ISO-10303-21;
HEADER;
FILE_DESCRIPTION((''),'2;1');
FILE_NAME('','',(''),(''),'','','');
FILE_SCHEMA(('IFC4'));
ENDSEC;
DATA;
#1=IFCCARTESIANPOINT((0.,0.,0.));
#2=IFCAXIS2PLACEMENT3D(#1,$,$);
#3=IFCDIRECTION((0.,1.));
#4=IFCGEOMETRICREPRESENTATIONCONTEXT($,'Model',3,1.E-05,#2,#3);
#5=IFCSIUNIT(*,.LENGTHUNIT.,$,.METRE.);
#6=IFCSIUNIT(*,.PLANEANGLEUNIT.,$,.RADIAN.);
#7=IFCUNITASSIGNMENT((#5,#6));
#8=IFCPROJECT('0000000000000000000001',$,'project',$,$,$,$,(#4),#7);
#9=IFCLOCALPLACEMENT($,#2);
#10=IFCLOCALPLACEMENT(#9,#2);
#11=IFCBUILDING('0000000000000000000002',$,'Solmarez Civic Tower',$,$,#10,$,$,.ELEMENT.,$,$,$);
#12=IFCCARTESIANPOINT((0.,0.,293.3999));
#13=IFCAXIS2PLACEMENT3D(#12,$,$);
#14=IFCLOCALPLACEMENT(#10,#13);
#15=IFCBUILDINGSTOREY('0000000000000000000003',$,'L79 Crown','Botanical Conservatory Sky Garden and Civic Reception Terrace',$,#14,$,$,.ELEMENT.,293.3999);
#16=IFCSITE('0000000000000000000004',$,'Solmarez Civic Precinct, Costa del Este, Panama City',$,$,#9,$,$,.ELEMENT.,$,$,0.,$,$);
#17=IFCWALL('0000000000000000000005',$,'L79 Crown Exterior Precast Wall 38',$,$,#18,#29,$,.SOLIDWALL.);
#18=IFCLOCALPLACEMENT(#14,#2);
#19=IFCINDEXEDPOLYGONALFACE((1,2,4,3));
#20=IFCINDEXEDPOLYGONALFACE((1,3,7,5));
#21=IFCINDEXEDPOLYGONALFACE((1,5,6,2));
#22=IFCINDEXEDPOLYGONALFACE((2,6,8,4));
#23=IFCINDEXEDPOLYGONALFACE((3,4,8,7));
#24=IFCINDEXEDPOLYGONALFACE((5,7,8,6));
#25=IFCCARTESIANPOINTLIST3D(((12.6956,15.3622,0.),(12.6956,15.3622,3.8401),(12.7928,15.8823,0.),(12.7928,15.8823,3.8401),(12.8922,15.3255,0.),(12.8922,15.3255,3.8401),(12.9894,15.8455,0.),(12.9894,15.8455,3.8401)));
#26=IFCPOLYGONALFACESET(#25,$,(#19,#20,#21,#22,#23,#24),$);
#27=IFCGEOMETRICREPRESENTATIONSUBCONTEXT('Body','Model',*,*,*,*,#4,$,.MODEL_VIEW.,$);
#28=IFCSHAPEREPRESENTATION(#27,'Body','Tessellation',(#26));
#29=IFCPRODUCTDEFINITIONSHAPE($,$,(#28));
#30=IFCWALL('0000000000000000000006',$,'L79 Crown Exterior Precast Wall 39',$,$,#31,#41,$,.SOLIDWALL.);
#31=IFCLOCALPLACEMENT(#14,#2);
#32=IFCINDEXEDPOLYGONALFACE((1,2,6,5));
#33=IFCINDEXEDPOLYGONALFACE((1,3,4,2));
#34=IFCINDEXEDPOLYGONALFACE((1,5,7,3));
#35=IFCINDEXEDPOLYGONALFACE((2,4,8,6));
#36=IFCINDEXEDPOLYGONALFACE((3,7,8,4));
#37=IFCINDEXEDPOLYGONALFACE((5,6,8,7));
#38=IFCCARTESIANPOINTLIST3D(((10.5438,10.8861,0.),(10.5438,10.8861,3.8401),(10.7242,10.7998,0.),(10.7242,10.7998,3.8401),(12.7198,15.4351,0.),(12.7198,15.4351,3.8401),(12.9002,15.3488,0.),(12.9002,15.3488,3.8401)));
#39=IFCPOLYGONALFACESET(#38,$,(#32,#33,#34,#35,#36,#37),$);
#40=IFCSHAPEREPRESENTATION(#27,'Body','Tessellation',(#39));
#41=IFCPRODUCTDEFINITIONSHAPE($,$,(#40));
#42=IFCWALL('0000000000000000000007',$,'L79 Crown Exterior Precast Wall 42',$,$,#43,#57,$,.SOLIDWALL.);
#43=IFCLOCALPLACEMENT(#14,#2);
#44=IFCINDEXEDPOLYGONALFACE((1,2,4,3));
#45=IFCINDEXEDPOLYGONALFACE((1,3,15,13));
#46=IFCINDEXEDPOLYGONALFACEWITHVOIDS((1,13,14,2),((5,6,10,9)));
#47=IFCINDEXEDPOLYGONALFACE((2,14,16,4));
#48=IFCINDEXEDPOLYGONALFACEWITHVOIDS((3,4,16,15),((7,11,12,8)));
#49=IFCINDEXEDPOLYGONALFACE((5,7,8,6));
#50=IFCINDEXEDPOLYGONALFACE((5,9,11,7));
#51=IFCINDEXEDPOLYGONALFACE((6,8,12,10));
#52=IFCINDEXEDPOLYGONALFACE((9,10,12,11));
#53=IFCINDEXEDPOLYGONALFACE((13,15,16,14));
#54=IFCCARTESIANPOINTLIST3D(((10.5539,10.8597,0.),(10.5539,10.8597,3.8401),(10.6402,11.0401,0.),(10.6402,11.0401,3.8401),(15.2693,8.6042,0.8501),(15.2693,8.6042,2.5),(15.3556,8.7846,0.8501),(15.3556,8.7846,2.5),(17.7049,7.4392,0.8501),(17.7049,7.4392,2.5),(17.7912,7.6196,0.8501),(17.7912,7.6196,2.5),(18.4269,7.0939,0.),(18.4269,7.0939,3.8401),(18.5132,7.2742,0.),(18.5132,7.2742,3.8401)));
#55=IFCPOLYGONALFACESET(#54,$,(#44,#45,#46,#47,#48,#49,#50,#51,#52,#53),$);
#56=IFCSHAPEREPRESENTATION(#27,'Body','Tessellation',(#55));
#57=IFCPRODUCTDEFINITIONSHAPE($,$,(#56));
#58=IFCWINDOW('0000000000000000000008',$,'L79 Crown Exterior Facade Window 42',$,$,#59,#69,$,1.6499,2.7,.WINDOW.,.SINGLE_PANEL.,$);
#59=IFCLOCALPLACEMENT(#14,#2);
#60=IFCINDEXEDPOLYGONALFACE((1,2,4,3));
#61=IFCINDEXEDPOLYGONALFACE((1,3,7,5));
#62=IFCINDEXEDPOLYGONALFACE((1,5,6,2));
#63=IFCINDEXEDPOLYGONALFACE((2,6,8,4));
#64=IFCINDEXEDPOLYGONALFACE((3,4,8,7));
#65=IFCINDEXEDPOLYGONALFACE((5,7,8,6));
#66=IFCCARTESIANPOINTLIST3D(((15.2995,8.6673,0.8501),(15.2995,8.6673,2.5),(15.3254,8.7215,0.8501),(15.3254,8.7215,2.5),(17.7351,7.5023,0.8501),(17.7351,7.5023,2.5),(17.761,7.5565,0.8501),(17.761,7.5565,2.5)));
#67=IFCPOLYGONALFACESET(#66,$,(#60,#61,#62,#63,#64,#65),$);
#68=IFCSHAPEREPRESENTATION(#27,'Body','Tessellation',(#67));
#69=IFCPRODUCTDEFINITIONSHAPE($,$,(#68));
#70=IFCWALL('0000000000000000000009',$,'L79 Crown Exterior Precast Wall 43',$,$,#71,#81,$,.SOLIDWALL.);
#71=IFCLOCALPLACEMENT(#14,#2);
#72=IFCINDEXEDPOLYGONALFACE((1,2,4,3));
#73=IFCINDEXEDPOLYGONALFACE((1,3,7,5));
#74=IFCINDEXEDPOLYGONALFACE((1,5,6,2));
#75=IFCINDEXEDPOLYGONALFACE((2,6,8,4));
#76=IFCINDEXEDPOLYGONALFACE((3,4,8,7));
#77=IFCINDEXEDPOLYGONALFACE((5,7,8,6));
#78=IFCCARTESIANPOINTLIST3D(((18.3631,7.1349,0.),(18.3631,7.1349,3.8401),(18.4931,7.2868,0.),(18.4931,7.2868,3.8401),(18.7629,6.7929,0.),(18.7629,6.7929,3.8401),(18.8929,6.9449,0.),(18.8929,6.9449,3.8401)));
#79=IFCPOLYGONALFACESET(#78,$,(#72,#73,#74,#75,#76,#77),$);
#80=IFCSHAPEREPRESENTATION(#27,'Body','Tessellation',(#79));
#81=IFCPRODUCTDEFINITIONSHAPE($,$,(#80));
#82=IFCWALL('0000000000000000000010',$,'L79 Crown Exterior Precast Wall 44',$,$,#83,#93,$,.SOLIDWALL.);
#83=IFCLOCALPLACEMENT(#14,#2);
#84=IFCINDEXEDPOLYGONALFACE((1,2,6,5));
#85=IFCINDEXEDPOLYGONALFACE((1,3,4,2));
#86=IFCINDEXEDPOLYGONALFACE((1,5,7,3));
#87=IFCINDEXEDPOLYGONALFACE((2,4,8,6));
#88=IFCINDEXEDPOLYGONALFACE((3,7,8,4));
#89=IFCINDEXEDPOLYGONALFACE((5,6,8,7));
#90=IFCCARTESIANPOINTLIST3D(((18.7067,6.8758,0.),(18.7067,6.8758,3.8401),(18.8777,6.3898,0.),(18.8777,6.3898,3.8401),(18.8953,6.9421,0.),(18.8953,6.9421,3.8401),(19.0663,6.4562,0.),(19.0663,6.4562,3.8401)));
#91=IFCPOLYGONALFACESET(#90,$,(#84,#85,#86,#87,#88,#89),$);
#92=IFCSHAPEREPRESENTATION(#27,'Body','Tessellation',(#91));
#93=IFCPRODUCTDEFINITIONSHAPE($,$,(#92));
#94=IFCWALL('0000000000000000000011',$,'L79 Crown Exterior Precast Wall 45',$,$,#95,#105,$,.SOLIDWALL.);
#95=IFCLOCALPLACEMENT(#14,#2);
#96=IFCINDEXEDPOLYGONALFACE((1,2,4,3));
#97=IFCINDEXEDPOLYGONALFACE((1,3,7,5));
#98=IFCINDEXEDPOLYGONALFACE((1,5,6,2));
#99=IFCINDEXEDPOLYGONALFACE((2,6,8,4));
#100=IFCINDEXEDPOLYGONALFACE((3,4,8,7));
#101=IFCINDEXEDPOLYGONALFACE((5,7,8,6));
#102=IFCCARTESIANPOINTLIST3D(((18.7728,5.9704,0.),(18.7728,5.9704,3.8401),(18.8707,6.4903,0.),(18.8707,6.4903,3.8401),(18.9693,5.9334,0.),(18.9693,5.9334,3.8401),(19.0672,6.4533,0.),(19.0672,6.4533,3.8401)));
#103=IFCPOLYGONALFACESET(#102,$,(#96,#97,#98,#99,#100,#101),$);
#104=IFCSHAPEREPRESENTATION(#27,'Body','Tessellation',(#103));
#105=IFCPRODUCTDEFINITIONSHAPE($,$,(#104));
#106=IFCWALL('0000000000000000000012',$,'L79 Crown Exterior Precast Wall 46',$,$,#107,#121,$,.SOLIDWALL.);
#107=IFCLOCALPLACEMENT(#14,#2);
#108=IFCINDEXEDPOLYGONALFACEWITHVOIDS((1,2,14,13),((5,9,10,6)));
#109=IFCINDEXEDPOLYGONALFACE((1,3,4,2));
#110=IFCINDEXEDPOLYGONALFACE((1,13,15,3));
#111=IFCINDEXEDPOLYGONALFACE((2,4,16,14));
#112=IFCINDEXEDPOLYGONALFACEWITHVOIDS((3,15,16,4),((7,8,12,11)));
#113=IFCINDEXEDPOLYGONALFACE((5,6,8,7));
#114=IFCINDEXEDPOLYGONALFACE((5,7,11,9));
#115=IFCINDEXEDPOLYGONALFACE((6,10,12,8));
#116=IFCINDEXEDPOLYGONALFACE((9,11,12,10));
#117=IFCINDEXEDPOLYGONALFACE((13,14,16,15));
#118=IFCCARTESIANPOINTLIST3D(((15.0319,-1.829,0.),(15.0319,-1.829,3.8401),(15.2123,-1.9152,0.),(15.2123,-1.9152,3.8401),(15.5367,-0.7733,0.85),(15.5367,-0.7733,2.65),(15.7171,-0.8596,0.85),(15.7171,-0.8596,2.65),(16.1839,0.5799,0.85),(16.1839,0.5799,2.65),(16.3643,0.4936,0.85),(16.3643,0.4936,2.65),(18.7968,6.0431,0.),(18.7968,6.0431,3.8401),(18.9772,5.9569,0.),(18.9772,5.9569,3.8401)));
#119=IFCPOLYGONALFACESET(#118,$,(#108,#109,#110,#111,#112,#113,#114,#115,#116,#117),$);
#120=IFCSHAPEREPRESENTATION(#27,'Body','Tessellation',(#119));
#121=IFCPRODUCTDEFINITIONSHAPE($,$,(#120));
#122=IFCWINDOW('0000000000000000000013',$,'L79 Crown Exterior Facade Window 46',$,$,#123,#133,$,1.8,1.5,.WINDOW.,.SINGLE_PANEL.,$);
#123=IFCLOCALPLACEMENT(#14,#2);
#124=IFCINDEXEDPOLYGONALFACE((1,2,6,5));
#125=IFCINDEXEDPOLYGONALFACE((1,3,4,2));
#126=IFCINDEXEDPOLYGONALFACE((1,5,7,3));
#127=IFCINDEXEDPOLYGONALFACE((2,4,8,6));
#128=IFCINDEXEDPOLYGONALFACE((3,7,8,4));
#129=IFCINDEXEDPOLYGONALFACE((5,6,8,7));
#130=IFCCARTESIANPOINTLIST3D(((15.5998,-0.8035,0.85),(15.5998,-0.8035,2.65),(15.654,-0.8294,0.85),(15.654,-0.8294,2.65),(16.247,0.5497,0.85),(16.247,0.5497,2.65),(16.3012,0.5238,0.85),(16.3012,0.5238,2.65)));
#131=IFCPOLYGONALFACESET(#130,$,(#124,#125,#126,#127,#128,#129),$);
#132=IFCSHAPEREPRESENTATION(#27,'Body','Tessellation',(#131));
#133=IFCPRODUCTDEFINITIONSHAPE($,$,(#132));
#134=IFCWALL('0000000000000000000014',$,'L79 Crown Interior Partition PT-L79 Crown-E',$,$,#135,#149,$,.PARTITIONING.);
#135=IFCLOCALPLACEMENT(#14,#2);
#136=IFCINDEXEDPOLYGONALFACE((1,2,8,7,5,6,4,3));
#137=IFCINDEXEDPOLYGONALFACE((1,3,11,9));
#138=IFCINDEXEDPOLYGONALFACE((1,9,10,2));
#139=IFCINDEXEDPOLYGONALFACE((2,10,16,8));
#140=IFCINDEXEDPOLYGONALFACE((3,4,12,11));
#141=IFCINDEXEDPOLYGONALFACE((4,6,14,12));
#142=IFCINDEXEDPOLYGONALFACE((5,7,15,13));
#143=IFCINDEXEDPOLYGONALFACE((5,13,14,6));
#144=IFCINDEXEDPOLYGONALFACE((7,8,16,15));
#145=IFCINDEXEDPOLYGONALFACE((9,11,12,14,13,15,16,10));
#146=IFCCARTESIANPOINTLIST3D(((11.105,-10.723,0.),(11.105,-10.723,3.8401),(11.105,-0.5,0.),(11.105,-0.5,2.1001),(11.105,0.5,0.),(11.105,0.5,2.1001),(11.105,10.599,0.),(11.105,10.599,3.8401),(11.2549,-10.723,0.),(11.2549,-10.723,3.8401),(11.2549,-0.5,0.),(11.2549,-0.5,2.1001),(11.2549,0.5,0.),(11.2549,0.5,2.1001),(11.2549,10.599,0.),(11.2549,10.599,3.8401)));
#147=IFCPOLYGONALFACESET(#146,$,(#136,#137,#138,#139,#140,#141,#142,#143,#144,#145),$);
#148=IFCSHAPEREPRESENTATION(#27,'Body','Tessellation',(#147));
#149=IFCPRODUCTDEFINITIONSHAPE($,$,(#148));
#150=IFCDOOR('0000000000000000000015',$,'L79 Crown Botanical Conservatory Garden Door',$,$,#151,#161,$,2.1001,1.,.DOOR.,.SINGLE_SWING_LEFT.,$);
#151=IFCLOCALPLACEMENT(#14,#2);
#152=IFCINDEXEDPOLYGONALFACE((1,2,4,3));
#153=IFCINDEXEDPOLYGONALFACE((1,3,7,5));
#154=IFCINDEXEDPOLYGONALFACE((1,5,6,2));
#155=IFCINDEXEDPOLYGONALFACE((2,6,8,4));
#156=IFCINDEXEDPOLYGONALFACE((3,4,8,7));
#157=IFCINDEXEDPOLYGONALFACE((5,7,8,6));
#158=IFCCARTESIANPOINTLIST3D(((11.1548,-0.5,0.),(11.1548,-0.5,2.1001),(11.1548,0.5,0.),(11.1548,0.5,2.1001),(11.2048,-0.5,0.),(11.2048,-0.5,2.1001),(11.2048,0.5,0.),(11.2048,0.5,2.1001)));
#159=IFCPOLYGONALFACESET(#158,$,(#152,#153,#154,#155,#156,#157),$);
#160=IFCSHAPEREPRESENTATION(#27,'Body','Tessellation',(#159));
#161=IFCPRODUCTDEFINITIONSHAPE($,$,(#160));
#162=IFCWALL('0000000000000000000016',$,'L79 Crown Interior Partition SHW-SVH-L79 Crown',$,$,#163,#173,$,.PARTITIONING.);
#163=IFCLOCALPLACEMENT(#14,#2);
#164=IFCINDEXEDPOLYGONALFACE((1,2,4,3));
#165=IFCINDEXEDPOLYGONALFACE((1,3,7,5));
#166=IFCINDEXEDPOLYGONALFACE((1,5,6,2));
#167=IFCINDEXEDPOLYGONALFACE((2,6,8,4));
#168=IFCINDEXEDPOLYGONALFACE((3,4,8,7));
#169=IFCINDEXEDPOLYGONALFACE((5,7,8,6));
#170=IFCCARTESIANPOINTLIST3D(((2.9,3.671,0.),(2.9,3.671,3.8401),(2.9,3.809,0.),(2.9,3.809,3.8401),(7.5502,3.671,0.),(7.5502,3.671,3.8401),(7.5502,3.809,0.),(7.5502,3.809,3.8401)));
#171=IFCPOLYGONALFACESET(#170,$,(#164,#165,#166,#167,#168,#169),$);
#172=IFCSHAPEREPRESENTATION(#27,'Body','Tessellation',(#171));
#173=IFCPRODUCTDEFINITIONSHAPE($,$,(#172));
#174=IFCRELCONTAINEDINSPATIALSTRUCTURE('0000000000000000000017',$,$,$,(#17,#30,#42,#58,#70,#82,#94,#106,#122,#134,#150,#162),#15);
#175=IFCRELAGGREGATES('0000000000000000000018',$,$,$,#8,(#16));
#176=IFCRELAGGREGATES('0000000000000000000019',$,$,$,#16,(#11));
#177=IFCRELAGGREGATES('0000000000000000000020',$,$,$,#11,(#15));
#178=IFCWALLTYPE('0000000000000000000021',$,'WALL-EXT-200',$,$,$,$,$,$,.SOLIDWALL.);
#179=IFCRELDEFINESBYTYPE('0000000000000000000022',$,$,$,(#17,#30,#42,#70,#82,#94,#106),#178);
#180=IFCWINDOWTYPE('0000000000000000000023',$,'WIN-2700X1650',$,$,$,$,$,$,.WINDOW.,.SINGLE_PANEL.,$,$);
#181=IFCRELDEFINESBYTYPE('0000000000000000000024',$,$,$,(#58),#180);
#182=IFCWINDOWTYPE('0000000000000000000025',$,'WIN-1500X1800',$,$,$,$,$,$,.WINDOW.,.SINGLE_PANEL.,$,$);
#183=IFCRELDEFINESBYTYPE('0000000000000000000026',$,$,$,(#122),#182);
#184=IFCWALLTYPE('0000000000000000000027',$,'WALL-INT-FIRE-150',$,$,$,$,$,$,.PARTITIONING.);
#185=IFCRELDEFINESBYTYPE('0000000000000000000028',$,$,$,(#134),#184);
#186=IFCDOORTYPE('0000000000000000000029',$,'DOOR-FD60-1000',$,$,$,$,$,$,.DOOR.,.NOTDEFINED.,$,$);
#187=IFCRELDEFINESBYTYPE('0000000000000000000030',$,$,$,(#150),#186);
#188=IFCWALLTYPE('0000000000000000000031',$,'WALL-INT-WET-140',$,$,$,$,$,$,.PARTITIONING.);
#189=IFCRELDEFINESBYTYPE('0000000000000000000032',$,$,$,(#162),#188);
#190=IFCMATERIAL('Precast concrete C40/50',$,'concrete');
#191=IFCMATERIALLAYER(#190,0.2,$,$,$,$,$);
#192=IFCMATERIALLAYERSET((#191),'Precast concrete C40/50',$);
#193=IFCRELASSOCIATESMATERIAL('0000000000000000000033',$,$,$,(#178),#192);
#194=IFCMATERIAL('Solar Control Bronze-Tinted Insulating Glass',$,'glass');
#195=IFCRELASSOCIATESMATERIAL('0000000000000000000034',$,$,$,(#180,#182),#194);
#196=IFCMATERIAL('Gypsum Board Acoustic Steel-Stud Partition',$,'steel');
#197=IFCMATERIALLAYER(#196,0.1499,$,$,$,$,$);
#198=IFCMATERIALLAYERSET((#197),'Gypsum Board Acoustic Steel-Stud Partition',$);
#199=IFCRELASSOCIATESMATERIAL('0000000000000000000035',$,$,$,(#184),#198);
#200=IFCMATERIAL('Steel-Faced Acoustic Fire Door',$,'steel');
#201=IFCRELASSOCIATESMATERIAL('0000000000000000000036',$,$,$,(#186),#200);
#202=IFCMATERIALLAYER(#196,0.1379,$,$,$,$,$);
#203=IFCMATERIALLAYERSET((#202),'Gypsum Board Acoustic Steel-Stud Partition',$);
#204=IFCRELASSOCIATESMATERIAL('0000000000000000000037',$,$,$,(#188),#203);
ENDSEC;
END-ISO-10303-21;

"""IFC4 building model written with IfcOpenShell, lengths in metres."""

from ifc_helpers import new_model, si_unit, direction, frame, frame_2d, origin, place, context, subcontext, project, spatial, rectangle, extrude, material, layer, layer_set, type_object, element, fill, save


model = new_model("IFC4")

# Units and contexts
model_context = context("Model", 3, precision=1e-05, world=origin(), true_north=direction((0.0, 1.0)))
body_context = subcontext(model_context, "Body", "Model", "MODEL_VIEW")
ifc_project = project(units=[si_unit("LENGTHUNIT", "METRE"), si_unit("PLANEANGLEUNIT", "RADIAN")], contexts=[model_context])

# Site, building, storey
site_placement = place(None, origin())
site = spatial("IfcSite", under=ifc_project, at=site_placement, Name="Solmarez Civic Precinct, Costa del Este, Panama City", CompositionType="ELEMENT", RefElevation=0.0)
building_placement = place(site_placement, origin())
building = spatial("IfcBuilding", under=site, at=building_placement, Name="Solmarez Civic Tower", CompositionType="ELEMENT")
storey_placement = place(building_placement, frame((0.0, 0.0, 293.3999)))
storey = spatial("IfcBuildingStorey", under=building, at=storey_placement, Name="L79 Crown", Description="Botanical Conservatory Sky Garden and Civic Reception Terrace", CompositionType="ELEMENT", Elevation=293.3999)

# Shared definitions
ifc_material_1 = material(Name="Precast concrete C40/50", Category="concrete")
ifc_layer_1 = layer(ifc_material_1, 0.2)
ifc_layer_set_1 = layer_set([ifc_layer_1], Name="Precast concrete C40/50")
wall_type_1 = type_object("IfcWallType", Name="WALL-EXT-200", PredefinedType="SOLIDWALL", material=ifc_layer_set_1)

# Shared definitions
ifc_material_2 = material(Name="Solar Control Bronze-Tinted Insulating Glass", Category="glass")

# Walls
wall_1_placement = place(storey_placement, frame((12.8911, 15.864, 0.0), z_axis=(0.0, 0.0, 1.0), x_axis=(-0.183675, -0.982987, 0.0)))
element("IfcWall", 1, at=wall_1_placement, inside=storey, type_object=wall_type_1, Name="L79 Crown Exterior Precast Wall 38", PredefinedType="SOLIDWALL", context=body_context, shape_type="SweptSolid", body=[
    extrude(rectangle(XDim=0.5291, YDim=0.2, at=frame_2d((0.2646, 0.0))), origin(), (0.0, 0.0, 1.0), 3.8401),
])
wall_2_placement = place(storey_placement, frame((12.8101, 15.3921, 0.0), z_axis=(0.0, 0.0, 1.0), x_axis=(-0.431517, -0.902105, 0.0)))
element("IfcWall", 2, at=wall_2_placement, inside=storey, type_object=wall_type_1, Name="L79 Crown Exterior Precast Wall 39", PredefinedType="SOLIDWALL", context=body_context, shape_type="SweptSolid", body=[
    extrude(rectangle(XDim=5.0427, YDim=0.2, at=frame_2d((2.5215, 0.0))), origin(), (0.0, 0.0, 1.0), 3.8401),
])

# Wall, opening, window
wall_3_placement = place(storey_placement, frame((10.5969, 10.95, 0.0), z_axis=(0.0, 0.0, 1.0), x_axis=(0.902112, -0.431502, 0.0)))
wall_3 = element("IfcWall", 3, at=wall_3_placement, inside=storey, type_object=wall_type_1, Name="L79 Crown Exterior Precast Wall 42", PredefinedType="SOLIDWALL", context=body_context, shape_type="SweptSolid", body=[
    extrude(rectangle(XDim=8.7273, YDim=0.2, at=frame_2d((4.3638, 0.0))), origin(), (0.0, 0.0, 1.0), 3.8401),
])
opening_1_placement = place(wall_3_placement, frame((5.2271, 0.0, 0.8501)))
opening_1 = element("IfcOpeningElement", 4, at=opening_1_placement, cuts=wall_3, PredefinedType="OPENING", context=body_context, shape_type="SweptSolid", body=[
    extrude(rectangle(XDim=2.7, YDim=1.6499, at=frame_2d((1.3501, 0.825))), frame((0.0, 0.1099, 0.0), z_axis=(0.0, -1.0, 0.0), x_axis=(1.0, 0.0, 0.0)), (0.0, 0.0, 1.0), 0.22),
])
window_type_1 = type_object("IfcWindowType", Name="WIN-2700X1650", PartitioningType="SINGLE_PANEL", PredefinedType="WINDOW", material=ifc_material_2)
window_1_placement = place(opening_1_placement, origin())
window_1 = element("IfcWindow", 5, at=window_1_placement, inside=storey, type_object=window_type_1, Name="L79 Crown Exterior Facade Window 42", OverallHeight=1.6499, OverallWidth=2.7, PartitioningType="SINGLE_PANEL", PredefinedType="WINDOW", context=body_context, shape_type="SweptSolid", body=[
    extrude(rectangle(XDim=2.7, YDim=1.6499, at=frame_2d((1.3501, 0.825))), frame((0.0, 0.03, 0.0), z_axis=(0.0, -1.0, 0.0), x_axis=(1.0, 0.0, 0.0)), (0.0, 0.0, 1.0), 0.0601),
])
fill(opening_1, window_1)

# Walls
wall_4_placement = place(storey_placement, frame((18.428, 7.2109, 0.0), z_axis=(0.0, 0.0, 1.0), x_axis=(0.759944, -0.649989, 0.0)))
element("IfcWall", 6, at=wall_4_placement, inside=storey, type_object=wall_type_1, Name="L79 Crown Exterior Precast Wall 43", PredefinedType="SOLIDWALL", context=body_context, shape_type="SweptSolid", body=[
    extrude(rectangle(XDim=0.5261, YDim=0.2, at=frame_2d((0.2632, 0.0))), origin(), (0.0, 0.0, 1.0), 3.8401),
])
wall_5_placement = place(storey_placement, frame((18.801, 6.9089, 0.0), z_axis=(0.0, 0.0, 1.0), x_axis=(0.331828, -0.94334, 0.0)))
element("IfcWall", 7, at=wall_5_placement, inside=storey, type_object=wall_type_1, Name="L79 Crown Exterior Precast Wall 44", PredefinedType="SOLIDWALL", context=body_context, shape_type="SweptSolid", body=[
    extrude(rectangle(XDim=0.5151, YDim=0.2, at=frame_2d((0.2576, 0.0))), origin(), (0.0, 0.0, 1.0), 3.8401),
])
wall_6_placement = place(storey_placement, frame((18.969, 6.4719, 0.0), z_axis=(0.0, 0.0, 1.0), x_axis=(-0.185013, -0.982736, 0.0)))
element("IfcWall", 8, at=wall_6_placement, inside=storey, type_object=wall_type_1, Name="L79 Crown Exterior Precast Wall 45", PredefinedType="SOLIDWALL", context=body_context, shape_type="SweptSolid", body=[
    extrude(rectangle(XDim=0.5291, YDim=0.2, at=frame_2d((0.2646, 0.0))), origin(), (0.0, 0.0, 1.0), 3.8401),
])

# Wall, opening, window
wall_7_placement = place(storey_placement, frame((18.887, 6.0, 0.0), z_axis=(0.0, 0.0, 1.0), x_axis=(-0.431455, -0.902135, 0.0)))
wall_7 = element("IfcWall", 9, at=wall_7_placement, inside=storey, type_object=wall_type_1, Name="L79 Crown Exterior Precast Wall 46", PredefinedType="SOLIDWALL", context=body_context, shape_type="SweptSolid", body=[
    extrude(rectangle(XDim=8.7261, YDim=0.2, at=frame_2d((4.363, 0.0))), origin(), (0.0, 0.0, 1.0), 3.8401),
])
opening_2_placement = place(wall_7_placement, frame((6.0559, 0.0, 0.8501)))
opening_2 = element("IfcOpeningElement", 10, at=opening_2_placement, cuts=wall_7, PredefinedType="OPENING", context=body_context, shape_type="SweptSolid", body=[
    extrude(rectangle(XDim=1.5, YDim=1.8, at=frame_2d((0.75, 0.8999))), frame((0.0, 0.1099, 0.0), z_axis=(0.0, -1.0, 0.0), x_axis=(1.0, 0.0, 0.0)), (0.0, 0.0, 1.0), 0.22),
])
window_type_2 = type_object("IfcWindowType", Name="WIN-1500X1800", PartitioningType="SINGLE_PANEL", PredefinedType="WINDOW", material=ifc_material_2)
window_2_placement = place(opening_2_placement, origin())
window_2 = element("IfcWindow", 11, at=window_2_placement, inside=storey, type_object=window_type_2, Name="L79 Crown Exterior Facade Window 46", OverallHeight=1.8, OverallWidth=1.5, PartitioningType="SINGLE_PANEL", PredefinedType="WINDOW", context=body_context, shape_type="SweptSolid", body=[
    extrude(rectangle(XDim=1.5, YDim=1.8, at=frame_2d((0.75, 0.8999))), frame((0.0, 0.03, 0.0), z_axis=(0.0, -1.0, 0.0), x_axis=(1.0, 0.0, 0.0)), (0.0, 0.0, 1.0), 0.0601),
])
fill(opening_2, window_2)

# Wall, opening, door
ifc_material_3 = material(Name="Gypsum Board Acoustic Steel-Stud Partition", Category="steel")
ifc_layer_2 = layer(ifc_material_3, 0.1499)
ifc_layer_set_2 = layer_set([ifc_layer_2], Name="Gypsum Board Acoustic Steel-Stud Partition")
wall_type_2 = type_object("IfcWallType", Name="WALL-INT-FIRE-150", PredefinedType="PARTITIONING", material=ifc_layer_set_2)
wall_8_placement = place(storey_placement, frame((11.1799, 10.5991, 0.0), z_axis=(0.0, 0.0, 1.0), x_axis=(0.0, -1.0, 0.0)))
wall_8 = element("IfcWall", 12, at=wall_8_placement, inside=storey, type_object=wall_type_2, Name="L79 Crown Interior Partition PT-L79 Crown-E", PredefinedType="PARTITIONING", context=body_context, shape_type="SweptSolid", body=[
    extrude(rectangle(XDim=21.322, YDim=0.1499, at=frame_2d((10.6611, 0.0))), origin(), (0.0, 0.0, 1.0), 3.8401),
])
opening_3_placement = place(wall_8_placement, frame((10.0991, 0.0, 0.0)))
opening_3 = element("IfcOpeningElement", 13, at=opening_3_placement, cuts=wall_8, PredefinedType="OPENING", context=body_context, shape_type="SweptSolid", body=[
    extrude(rectangle(XDim=1.0, YDim=2.1001, at=frame_2d((0.5, 1.05))), frame((0.0, 0.085, 0.0), z_axis=(0.0, -1.0, 0.0), x_axis=(1.0, 0.0, 0.0)), (0.0, 0.0, 1.0), 0.1699),
])
ifc_material_4 = material(Name="Steel-Faced Acoustic Fire Door", Category="steel")
door_type_1 = type_object("IfcDoorType", Name="DOOR-FD60-1000", OperationType="NOTDEFINED", PredefinedType="DOOR", material=ifc_material_4)
door_1_placement = place(opening_3_placement, origin())
door_1 = element("IfcDoor", 14, at=door_1_placement, inside=storey, type_object=door_type_1, Name="L79 Crown Botanical Conservatory Garden Door", OperationType="SINGLE_SWING_LEFT", OverallHeight=2.1001, OverallWidth=1.0, PredefinedType="DOOR", context=body_context, shape_type="SweptSolid", body=[
    extrude(rectangle(XDim=1.0, YDim=2.1001, at=frame_2d((0.5, 1.05))), frame((0.0, 0.0249, 0.0), z_axis=(0.0, -1.0, 0.0), x_axis=(1.0, 0.0, 0.0)), (0.0, 0.0, 1.0), 0.05),
])
fill(opening_3, door_1)

# Wall
ifc_layer_3 = layer(ifc_material_3, 0.1379)
ifc_layer_set_3 = layer_set([ifc_layer_3], Name="Gypsum Board Acoustic Steel-Stud Partition")
wall_type_3 = type_object("IfcWallType", Name="WALL-INT-WET-140", PredefinedType="PARTITIONING", material=ifc_layer_set_3)
wall_9_placement = place(storey_placement, frame((2.8999, 3.74, 0.0), z_axis=(0.0, 0.0, 1.0), x_axis=(1.0, 0.0, 0.0)))
element("IfcWall", 15, at=wall_9_placement, inside=storey, type_object=wall_type_3, Name="L79 Crown Interior Partition SHW-SVH-L79 Crown", PredefinedType="PARTITIONING", context=body_context, shape_type="SweptSolid", body=[
    extrude(rectangle(XDim=4.6501, YDim=0.1379, at=frame_2d((2.3252, 0.0))), origin(), (0.0, 0.0, 1.0), 3.8401),
])

save(model, "model.ifc")
